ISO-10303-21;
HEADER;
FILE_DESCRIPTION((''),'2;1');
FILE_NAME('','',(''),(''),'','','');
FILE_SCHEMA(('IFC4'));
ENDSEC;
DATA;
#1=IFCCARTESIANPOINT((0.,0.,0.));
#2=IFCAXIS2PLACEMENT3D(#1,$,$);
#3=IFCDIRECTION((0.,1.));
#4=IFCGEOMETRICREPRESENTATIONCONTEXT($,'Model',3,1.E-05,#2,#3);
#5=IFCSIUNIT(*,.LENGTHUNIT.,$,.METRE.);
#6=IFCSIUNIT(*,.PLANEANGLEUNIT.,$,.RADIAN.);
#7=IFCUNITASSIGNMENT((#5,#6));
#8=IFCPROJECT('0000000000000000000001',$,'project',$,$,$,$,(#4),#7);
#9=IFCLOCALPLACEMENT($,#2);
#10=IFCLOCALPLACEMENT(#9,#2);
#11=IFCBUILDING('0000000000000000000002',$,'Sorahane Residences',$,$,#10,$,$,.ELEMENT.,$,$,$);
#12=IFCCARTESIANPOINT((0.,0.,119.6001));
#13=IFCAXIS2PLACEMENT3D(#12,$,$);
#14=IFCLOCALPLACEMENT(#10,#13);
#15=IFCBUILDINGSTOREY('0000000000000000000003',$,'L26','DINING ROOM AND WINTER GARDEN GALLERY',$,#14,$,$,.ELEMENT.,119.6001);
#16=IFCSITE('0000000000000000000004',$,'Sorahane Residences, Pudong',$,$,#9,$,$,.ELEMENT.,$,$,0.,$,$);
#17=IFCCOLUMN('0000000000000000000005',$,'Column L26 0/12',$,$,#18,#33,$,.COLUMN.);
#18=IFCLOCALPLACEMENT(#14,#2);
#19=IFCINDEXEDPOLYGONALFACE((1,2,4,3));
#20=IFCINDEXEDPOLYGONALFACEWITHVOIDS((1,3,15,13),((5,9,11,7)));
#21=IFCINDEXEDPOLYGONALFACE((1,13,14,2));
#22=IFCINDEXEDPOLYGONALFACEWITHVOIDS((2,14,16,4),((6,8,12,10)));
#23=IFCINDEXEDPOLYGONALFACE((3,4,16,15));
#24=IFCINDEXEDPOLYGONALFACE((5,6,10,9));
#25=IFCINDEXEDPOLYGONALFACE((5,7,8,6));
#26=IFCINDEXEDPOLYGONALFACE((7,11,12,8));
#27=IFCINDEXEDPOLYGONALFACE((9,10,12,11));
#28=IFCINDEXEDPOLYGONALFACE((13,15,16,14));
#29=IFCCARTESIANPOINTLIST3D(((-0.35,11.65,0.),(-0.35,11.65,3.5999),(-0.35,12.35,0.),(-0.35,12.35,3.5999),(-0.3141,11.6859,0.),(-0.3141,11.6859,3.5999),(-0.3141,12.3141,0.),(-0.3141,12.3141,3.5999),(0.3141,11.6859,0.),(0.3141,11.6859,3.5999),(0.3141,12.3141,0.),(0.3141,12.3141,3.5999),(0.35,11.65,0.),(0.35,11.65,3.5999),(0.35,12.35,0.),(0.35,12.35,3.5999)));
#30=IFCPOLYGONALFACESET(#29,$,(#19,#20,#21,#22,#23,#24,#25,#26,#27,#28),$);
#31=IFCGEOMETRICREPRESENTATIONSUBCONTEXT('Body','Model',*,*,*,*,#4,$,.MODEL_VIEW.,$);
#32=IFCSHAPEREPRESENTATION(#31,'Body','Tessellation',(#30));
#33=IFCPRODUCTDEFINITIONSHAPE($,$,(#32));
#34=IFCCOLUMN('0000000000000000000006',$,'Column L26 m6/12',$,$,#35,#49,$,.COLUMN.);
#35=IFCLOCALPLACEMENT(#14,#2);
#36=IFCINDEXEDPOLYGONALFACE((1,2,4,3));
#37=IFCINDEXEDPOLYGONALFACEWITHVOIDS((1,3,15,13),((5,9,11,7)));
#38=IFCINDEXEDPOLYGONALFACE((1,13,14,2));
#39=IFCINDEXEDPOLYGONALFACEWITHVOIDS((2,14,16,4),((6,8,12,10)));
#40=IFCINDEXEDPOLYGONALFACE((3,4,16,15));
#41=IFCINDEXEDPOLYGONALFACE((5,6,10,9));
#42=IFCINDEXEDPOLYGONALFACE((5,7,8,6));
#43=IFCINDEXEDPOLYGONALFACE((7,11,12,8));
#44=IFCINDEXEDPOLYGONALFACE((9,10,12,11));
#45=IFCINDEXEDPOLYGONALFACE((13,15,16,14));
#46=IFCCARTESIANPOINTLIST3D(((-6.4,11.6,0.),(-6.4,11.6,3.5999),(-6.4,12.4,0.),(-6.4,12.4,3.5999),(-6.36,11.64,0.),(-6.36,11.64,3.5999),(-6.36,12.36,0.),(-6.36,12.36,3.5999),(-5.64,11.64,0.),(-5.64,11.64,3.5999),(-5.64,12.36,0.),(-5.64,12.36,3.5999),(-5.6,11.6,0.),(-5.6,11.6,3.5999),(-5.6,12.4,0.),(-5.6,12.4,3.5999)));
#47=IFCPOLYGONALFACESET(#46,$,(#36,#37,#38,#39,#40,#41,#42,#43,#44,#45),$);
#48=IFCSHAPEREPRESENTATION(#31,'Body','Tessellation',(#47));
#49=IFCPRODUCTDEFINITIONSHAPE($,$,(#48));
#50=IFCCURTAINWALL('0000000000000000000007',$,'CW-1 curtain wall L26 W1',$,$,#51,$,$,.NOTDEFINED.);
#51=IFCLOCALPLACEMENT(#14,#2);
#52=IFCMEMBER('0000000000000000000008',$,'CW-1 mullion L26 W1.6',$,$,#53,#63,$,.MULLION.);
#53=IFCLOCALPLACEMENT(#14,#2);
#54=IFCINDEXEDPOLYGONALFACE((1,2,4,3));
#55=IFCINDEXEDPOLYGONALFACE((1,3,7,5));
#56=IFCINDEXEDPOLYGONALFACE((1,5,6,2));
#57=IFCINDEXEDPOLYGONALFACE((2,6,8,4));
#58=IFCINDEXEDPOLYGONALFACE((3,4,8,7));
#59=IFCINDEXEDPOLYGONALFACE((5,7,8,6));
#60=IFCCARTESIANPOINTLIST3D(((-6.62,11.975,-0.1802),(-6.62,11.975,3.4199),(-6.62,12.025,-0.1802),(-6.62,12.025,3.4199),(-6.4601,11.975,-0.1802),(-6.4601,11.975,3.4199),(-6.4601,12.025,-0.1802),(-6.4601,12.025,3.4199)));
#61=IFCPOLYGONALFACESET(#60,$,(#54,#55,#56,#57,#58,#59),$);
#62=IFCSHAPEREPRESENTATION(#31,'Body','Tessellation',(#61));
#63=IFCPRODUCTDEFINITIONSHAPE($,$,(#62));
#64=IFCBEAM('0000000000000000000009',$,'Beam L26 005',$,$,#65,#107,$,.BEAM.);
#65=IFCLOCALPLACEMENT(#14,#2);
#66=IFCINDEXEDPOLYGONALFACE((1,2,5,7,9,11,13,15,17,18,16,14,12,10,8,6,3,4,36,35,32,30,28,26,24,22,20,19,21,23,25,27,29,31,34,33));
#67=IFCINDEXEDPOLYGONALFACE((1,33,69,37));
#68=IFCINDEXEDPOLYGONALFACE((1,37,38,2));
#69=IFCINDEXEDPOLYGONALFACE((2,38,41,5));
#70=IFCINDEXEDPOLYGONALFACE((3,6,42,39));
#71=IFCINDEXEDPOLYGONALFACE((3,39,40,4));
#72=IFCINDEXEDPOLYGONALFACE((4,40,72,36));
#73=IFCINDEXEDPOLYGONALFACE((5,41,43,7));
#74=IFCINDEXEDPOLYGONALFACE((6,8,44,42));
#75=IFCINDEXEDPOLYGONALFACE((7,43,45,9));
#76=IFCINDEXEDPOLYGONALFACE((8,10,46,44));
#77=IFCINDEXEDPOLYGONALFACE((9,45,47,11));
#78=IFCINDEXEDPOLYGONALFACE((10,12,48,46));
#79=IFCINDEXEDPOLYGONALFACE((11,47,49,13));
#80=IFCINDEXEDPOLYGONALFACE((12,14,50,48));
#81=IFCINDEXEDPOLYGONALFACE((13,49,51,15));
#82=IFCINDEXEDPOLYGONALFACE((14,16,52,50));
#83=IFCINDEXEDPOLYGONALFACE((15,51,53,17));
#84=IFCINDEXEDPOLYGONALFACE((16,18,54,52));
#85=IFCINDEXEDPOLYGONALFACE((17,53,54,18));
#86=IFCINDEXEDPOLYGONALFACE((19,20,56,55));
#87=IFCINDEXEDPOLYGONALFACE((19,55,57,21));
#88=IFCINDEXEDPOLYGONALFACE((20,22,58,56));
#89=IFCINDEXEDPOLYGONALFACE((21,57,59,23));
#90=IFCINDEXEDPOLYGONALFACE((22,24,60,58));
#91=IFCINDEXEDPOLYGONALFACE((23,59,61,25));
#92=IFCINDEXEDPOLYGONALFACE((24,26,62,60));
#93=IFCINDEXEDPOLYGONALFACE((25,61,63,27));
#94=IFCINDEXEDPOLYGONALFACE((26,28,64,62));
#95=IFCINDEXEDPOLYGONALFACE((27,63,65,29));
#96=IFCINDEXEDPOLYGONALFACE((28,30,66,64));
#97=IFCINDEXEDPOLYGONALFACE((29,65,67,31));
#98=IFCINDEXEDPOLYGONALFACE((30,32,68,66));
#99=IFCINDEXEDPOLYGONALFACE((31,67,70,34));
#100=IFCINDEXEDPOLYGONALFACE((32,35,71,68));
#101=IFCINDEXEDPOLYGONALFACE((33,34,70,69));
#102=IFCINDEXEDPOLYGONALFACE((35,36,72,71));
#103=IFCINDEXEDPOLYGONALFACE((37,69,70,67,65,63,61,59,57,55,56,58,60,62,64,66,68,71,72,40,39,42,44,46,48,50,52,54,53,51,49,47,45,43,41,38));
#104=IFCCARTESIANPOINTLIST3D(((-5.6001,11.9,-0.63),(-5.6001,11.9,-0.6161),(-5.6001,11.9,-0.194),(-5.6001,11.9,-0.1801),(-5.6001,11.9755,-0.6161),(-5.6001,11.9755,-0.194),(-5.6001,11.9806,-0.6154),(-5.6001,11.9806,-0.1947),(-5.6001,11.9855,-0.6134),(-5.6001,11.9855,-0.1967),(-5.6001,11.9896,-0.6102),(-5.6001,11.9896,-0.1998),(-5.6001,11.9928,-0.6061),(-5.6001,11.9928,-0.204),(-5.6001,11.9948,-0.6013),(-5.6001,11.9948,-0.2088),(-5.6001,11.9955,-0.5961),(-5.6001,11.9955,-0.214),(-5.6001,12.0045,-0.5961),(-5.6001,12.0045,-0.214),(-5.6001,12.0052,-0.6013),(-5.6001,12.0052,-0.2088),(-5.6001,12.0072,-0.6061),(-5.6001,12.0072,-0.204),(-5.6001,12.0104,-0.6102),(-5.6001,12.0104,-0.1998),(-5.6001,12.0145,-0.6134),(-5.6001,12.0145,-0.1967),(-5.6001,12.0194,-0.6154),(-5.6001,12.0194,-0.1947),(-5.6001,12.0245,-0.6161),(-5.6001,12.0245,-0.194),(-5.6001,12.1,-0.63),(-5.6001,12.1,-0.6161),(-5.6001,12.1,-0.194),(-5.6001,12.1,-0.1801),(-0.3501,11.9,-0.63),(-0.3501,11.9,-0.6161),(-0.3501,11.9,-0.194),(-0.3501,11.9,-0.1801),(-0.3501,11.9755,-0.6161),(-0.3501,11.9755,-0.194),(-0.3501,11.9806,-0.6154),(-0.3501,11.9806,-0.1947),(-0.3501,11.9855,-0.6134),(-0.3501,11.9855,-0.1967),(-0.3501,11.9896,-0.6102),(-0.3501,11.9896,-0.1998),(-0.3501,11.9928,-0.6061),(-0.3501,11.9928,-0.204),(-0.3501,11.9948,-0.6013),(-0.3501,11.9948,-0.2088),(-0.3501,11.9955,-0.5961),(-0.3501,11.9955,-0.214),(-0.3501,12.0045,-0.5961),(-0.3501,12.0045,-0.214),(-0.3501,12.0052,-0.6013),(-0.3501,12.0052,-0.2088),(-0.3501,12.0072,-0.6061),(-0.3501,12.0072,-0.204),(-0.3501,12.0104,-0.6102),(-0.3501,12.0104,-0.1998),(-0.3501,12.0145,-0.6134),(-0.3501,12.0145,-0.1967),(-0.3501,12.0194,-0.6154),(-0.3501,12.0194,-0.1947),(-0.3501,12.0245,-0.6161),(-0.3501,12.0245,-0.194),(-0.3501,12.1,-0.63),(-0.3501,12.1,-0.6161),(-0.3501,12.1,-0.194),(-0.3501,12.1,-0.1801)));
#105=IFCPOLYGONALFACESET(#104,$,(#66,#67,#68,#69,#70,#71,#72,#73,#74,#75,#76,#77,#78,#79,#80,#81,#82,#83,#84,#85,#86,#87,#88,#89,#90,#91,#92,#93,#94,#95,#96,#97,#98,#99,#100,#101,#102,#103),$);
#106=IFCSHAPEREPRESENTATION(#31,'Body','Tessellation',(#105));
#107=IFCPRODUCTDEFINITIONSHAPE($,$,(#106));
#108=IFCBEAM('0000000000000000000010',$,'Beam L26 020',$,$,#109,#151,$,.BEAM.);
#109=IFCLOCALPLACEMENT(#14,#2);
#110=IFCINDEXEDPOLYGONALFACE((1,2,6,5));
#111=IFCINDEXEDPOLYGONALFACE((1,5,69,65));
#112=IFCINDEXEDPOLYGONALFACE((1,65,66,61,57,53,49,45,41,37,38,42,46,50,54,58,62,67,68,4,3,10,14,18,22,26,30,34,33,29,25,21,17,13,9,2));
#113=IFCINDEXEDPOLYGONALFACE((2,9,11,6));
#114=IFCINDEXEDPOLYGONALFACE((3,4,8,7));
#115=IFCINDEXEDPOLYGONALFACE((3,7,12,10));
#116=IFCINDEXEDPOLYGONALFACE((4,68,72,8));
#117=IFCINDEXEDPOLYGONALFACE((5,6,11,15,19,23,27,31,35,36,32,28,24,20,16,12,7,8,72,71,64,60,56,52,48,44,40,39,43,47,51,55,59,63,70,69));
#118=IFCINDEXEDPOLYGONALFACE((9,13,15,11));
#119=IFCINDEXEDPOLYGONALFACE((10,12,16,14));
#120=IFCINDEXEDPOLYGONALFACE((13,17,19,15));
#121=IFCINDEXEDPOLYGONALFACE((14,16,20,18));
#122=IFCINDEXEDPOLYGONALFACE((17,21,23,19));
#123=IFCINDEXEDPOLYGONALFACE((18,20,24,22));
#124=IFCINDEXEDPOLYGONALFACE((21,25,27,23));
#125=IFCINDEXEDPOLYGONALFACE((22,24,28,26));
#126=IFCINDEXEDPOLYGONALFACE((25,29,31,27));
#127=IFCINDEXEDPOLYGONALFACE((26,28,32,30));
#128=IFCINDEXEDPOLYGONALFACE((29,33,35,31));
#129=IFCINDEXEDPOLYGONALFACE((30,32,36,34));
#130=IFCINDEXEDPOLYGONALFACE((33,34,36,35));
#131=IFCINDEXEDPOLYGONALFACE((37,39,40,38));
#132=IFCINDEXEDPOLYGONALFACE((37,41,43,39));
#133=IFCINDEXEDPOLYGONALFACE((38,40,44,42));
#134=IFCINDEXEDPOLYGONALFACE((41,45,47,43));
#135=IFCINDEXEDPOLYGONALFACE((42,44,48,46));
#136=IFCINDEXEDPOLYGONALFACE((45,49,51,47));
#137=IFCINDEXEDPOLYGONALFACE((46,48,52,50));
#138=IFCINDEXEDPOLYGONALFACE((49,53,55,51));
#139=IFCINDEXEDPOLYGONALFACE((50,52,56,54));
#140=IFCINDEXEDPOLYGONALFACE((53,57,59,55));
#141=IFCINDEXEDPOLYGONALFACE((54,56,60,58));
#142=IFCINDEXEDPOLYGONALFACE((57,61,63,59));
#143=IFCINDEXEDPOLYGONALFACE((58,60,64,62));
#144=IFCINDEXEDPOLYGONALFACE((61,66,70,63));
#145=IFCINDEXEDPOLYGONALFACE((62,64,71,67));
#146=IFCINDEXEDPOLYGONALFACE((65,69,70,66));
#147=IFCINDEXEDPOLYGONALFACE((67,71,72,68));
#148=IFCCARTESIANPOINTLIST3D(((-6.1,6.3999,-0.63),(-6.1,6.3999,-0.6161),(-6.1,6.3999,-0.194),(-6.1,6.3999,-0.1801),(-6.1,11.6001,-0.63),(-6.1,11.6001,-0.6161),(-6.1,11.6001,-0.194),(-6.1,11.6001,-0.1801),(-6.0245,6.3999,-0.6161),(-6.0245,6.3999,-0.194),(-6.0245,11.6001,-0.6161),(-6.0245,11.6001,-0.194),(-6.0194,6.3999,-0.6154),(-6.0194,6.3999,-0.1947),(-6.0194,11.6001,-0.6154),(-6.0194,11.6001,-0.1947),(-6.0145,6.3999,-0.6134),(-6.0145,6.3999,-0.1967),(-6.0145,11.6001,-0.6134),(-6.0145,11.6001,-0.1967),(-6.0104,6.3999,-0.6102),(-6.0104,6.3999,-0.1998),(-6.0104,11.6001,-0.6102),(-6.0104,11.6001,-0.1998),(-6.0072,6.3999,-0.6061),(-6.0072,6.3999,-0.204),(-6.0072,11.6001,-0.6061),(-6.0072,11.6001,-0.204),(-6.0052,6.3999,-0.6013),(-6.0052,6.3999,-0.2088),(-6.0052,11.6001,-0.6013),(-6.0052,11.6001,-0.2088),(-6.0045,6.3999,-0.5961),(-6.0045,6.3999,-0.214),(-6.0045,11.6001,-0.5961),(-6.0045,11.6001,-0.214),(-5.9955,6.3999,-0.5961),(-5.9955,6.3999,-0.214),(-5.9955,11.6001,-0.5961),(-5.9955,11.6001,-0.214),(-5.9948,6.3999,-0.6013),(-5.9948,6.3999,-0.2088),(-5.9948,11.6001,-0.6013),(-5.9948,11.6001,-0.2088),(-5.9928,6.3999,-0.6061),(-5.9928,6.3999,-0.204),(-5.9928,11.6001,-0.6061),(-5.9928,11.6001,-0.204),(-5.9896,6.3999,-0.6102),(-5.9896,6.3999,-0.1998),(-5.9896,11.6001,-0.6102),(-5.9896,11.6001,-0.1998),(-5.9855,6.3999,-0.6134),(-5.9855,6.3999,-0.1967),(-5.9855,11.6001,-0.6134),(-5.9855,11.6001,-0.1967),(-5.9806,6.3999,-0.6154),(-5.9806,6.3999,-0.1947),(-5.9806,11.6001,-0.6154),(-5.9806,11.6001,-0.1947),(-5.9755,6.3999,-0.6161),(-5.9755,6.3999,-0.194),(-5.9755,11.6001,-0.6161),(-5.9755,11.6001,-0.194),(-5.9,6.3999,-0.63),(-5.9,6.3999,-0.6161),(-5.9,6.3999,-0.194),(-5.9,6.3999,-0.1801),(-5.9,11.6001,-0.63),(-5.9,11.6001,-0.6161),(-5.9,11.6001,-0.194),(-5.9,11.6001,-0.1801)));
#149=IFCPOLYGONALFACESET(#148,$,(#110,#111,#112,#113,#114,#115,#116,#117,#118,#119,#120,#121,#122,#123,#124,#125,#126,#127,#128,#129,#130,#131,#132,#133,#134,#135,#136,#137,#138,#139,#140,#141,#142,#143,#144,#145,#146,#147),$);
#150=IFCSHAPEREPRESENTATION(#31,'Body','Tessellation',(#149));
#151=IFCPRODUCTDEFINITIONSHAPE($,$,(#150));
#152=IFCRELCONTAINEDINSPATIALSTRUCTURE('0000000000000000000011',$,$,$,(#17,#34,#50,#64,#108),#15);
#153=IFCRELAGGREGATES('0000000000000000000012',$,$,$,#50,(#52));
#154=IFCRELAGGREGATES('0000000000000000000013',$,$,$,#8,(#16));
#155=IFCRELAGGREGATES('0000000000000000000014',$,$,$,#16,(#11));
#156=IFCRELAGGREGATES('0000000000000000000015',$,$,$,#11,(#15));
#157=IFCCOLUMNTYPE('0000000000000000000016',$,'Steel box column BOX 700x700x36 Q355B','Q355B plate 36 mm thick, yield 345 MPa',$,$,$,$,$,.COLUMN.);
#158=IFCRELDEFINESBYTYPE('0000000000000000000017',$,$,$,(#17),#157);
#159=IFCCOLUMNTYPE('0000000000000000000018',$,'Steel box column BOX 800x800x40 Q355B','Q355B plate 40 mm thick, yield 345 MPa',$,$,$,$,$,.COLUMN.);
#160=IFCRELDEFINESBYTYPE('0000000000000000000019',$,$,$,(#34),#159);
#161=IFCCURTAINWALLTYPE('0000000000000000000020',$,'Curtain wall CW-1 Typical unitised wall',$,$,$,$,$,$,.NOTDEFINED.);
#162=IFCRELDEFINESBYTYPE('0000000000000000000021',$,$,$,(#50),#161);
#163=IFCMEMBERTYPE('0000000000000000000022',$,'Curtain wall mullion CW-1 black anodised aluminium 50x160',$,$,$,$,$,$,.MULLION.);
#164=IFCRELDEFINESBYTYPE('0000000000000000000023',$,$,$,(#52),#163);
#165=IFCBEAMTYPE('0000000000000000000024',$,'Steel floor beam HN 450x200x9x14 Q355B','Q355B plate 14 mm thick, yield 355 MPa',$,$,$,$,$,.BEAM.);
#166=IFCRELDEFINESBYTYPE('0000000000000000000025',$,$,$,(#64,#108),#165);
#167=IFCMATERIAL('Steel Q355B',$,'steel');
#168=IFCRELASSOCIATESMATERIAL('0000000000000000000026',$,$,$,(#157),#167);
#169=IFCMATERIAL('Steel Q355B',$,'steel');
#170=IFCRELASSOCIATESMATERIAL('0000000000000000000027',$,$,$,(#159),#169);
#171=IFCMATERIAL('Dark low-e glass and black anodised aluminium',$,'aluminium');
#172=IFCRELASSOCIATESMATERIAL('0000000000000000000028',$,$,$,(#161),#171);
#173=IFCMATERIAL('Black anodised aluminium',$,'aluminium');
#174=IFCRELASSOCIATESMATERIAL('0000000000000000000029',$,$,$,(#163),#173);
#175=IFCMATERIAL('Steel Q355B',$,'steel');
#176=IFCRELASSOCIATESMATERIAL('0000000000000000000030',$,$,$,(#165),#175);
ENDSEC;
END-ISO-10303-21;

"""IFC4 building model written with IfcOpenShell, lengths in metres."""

from ifc_helpers import new_model, si_unit, direction, frame, origin, origin_2d, place, context, subcontext, project, spatial, rectangle, hollow_rectangle, i_section, extrude, material, material_profile, profile_set, type_object, element, aggregate, save


model = new_model("IFC4")

# Units and contexts
model_context = context("Model", 3, precision=1e-05, world=origin(), true_north=direction((0.0, 1.0)))
body_context = subcontext(model_context, "Body", "Model", "MODEL_VIEW")
ifc_project = project(units=[si_unit("LENGTHUNIT", "METRE"), si_unit("PLANEANGLEUNIT", "RADIAN")], contexts=[model_context])

# Site, building, storey
site_placement = place(None, origin())
site = spatial("IfcSite", under=ifc_project, at=site_placement, Name="Sorahane Residences, Pudong", CompositionType="ELEMENT", RefElevation=0.0)
building_placement = place(site_placement, origin())
building = spatial("IfcBuilding", under=site, at=building_placement, Name="Sorahane Residences", CompositionType="ELEMENT")
storey_placement = place(building_placement, frame((0.0, 0.0, 119.6001)))
storey = spatial("IfcBuildingStorey", under=building, at=storey_placement, Name="L26", Description="DINING ROOM AND WINTER GARDEN GALLERY", CompositionType="ELEMENT", Elevation=119.6001)

# Columns
ifc_material_1 = material(Name="Steel Q355B", Category="steel")
ifc_material_profile_1 = material_profile(ifc_material_1, hollow_rectangle(XDim=0.7, YDim=0.7, WallThickness=0.0359, at=origin_2d()), Name="BOX 700x700x36")
ifc_profile_set_1 = profile_set([ifc_material_profile_1], Name="Steel Q355B")
column_type_1 = type_object("IfcColumnType", Name="Steel box column BOX 700x700x36 Q355B", Description="Q355B plate 36 mm thick, yield 345 MPa", PredefinedType="COLUMN", material=ifc_profile_set_1)
column_1_placement = place(storey_placement, frame((0.0, 12.0, 0.0), z_axis=(0.0, 0.0, 1.0), x_axis=(1.0, 0.0, 0.0)))
element("IfcColumn", 1, at=column_1_placement, inside=storey, type_object=column_type_1, Name="Column L26 0/12", PredefinedType="COLUMN", context=body_context, shape_type="SweptSolid", body=[
    extrude(hollow_rectangle(XDim=0.7, YDim=0.7, WallThickness=0.0359, at=origin_2d()), origin(), (0.0, 0.0, 1.0), 3.5999),
])
ifc_material_2 = material(Name="Steel Q355B", Category="steel")
ifc_material_profile_2 = material_profile(ifc_material_2, hollow_rectangle(XDim=0.8, YDim=0.8, WallThickness=0.04, at=origin_2d()), Name="BOX 800x800x40")
ifc_profile_set_2 = profile_set([ifc_material_profile_2], Name="Steel Q355B")
column_type_2 = type_object("IfcColumnType", Name="Steel box column BOX 800x800x40 Q355B", Description="Q355B plate 40 mm thick, yield 345 MPa", PredefinedType="COLUMN", material=ifc_profile_set_2)
column_2_placement = place(storey_placement, frame((-6.0, 12.0, 0.0), z_axis=(0.0, 0.0, 1.0), x_axis=(1.0, 0.0, 0.0)))
element("IfcColumn", 2, at=column_2_placement, inside=storey, type_object=column_type_2, Name="Column L26 m6/12", PredefinedType="COLUMN", context=body_context, shape_type="SweptSolid", body=[
    extrude(hollow_rectangle(XDim=0.8, YDim=0.8, WallThickness=0.04, at=origin_2d()), origin(), (0.0, 0.0, 1.0), 3.5999),
])

# Curtain wall, member
ifc_material_3 = material(Name="Dark low-e glass and black anodised aluminium", Category="aluminium")
curtain_wall_type = type_object("IfcCurtainWallType", Name="Curtain wall CW-1 Typical unitised wall", PredefinedType="NOTDEFINED", material=ifc_material_3)
curtain_wall_placement = place(storey_placement, origin())
curtain_wall = element("IfcCurtainWall", 3, at=curtain_wall_placement, inside=storey, type_object=curtain_wall_type, Name="CW-1 curtain wall L26 W1", PredefinedType="NOTDEFINED")
ifc_material_4 = material(Name="Black anodised aluminium", Category="aluminium")
ifc_material_profile_3 = material_profile(ifc_material_4, rectangle(XDim=0.1599, YDim=0.05, at=origin_2d()), Name="Curtain wall mullion CW-1 black anodised aluminium 50x160")
ifc_profile_set_3 = profile_set([ifc_material_profile_3], Name="Black anodised aluminium")
member_type = type_object("IfcMemberType", Name="Curtain wall mullion CW-1 black anodised aluminium 50x160", PredefinedType="MULLION", material=ifc_profile_set_3)
member_placement = place(storey_placement, frame((-6.54, 12.0, -0.1802), z_axis=(0.0, 0.0, 1.0), x_axis=(-1.0, 0.0, 0.0)))
member = element("IfcMember", 4, at=member_placement, type_object=member_type, Name="CW-1 mullion L26 W1.6", PredefinedType="MULLION", context=body_context, shape_type="SweptSolid", body=[
    extrude(rectangle(XDim=0.1599, YDim=0.05, at=origin_2d()), origin(), (0.0, 0.0, 1.0), 3.6001),
])

# Beams
ifc_material_5 = material(Name="Steel Q355B", Category="steel")
ifc_material_profile_4 = material_profile(ifc_material_5, i_section(OverallWidth=0.2, OverallDepth=0.45, WebThickness=0.009, FlangeThickness=0.0139, FilletRadius=0.02, at=origin_2d()), Name="HN 450x200x9x14")
ifc_profile_set_4 = profile_set([ifc_material_profile_4], Name="Steel Q355B")
beam_type_1 = type_object("IfcBeamType", Name="Steel floor beam HN 450x200x9x14 Q355B", Description="Q355B plate 14 mm thick, yield 355 MPa", PredefinedType="BEAM", material=ifc_profile_set_4)
beam_1_placement = place(storey_placement, frame((-5.6001, 12.0, -0.405), z_axis=(1.0, 0.0, 0.0), x_axis=(0.0, 1.0, 0.0)))
element("IfcBeam", 5, at=beam_1_placement, inside=storey, type_object=beam_type_1, Name="Beam L26 005", PredefinedType="BEAM", context=body_context, shape_type="SweptSolid", body=[
    extrude(i_section(OverallWidth=0.2, OverallDepth=0.45, WebThickness=0.009, FlangeThickness=0.0139, FilletRadius=0.02, at=origin_2d()), origin(), (0.0, 0.0, 1.0), 5.25),
])
beam_2_placement = place(storey_placement, frame((-6.0, 6.3999, -0.405), z_axis=(0.0, 1.0, 0.0), x_axis=(-1.0, 0.0, 0.0)))
element("IfcBeam", 6, at=beam_2_placement, inside=storey, type_object=beam_type_1, Name="Beam L26 020", PredefinedType="BEAM", context=body_context, shape_type="SweptSolid", body=[
    extrude(i_section(OverallWidth=0.2, OverallDepth=0.45, WebThickness=0.009, FlangeThickness=0.0139, FilletRadius=0.02, at=origin_2d()), origin(), (0.0, 0.0, 1.0), 5.2002),
])

aggregate(curtain_wall, [member])

save(model, "model.ifc")
